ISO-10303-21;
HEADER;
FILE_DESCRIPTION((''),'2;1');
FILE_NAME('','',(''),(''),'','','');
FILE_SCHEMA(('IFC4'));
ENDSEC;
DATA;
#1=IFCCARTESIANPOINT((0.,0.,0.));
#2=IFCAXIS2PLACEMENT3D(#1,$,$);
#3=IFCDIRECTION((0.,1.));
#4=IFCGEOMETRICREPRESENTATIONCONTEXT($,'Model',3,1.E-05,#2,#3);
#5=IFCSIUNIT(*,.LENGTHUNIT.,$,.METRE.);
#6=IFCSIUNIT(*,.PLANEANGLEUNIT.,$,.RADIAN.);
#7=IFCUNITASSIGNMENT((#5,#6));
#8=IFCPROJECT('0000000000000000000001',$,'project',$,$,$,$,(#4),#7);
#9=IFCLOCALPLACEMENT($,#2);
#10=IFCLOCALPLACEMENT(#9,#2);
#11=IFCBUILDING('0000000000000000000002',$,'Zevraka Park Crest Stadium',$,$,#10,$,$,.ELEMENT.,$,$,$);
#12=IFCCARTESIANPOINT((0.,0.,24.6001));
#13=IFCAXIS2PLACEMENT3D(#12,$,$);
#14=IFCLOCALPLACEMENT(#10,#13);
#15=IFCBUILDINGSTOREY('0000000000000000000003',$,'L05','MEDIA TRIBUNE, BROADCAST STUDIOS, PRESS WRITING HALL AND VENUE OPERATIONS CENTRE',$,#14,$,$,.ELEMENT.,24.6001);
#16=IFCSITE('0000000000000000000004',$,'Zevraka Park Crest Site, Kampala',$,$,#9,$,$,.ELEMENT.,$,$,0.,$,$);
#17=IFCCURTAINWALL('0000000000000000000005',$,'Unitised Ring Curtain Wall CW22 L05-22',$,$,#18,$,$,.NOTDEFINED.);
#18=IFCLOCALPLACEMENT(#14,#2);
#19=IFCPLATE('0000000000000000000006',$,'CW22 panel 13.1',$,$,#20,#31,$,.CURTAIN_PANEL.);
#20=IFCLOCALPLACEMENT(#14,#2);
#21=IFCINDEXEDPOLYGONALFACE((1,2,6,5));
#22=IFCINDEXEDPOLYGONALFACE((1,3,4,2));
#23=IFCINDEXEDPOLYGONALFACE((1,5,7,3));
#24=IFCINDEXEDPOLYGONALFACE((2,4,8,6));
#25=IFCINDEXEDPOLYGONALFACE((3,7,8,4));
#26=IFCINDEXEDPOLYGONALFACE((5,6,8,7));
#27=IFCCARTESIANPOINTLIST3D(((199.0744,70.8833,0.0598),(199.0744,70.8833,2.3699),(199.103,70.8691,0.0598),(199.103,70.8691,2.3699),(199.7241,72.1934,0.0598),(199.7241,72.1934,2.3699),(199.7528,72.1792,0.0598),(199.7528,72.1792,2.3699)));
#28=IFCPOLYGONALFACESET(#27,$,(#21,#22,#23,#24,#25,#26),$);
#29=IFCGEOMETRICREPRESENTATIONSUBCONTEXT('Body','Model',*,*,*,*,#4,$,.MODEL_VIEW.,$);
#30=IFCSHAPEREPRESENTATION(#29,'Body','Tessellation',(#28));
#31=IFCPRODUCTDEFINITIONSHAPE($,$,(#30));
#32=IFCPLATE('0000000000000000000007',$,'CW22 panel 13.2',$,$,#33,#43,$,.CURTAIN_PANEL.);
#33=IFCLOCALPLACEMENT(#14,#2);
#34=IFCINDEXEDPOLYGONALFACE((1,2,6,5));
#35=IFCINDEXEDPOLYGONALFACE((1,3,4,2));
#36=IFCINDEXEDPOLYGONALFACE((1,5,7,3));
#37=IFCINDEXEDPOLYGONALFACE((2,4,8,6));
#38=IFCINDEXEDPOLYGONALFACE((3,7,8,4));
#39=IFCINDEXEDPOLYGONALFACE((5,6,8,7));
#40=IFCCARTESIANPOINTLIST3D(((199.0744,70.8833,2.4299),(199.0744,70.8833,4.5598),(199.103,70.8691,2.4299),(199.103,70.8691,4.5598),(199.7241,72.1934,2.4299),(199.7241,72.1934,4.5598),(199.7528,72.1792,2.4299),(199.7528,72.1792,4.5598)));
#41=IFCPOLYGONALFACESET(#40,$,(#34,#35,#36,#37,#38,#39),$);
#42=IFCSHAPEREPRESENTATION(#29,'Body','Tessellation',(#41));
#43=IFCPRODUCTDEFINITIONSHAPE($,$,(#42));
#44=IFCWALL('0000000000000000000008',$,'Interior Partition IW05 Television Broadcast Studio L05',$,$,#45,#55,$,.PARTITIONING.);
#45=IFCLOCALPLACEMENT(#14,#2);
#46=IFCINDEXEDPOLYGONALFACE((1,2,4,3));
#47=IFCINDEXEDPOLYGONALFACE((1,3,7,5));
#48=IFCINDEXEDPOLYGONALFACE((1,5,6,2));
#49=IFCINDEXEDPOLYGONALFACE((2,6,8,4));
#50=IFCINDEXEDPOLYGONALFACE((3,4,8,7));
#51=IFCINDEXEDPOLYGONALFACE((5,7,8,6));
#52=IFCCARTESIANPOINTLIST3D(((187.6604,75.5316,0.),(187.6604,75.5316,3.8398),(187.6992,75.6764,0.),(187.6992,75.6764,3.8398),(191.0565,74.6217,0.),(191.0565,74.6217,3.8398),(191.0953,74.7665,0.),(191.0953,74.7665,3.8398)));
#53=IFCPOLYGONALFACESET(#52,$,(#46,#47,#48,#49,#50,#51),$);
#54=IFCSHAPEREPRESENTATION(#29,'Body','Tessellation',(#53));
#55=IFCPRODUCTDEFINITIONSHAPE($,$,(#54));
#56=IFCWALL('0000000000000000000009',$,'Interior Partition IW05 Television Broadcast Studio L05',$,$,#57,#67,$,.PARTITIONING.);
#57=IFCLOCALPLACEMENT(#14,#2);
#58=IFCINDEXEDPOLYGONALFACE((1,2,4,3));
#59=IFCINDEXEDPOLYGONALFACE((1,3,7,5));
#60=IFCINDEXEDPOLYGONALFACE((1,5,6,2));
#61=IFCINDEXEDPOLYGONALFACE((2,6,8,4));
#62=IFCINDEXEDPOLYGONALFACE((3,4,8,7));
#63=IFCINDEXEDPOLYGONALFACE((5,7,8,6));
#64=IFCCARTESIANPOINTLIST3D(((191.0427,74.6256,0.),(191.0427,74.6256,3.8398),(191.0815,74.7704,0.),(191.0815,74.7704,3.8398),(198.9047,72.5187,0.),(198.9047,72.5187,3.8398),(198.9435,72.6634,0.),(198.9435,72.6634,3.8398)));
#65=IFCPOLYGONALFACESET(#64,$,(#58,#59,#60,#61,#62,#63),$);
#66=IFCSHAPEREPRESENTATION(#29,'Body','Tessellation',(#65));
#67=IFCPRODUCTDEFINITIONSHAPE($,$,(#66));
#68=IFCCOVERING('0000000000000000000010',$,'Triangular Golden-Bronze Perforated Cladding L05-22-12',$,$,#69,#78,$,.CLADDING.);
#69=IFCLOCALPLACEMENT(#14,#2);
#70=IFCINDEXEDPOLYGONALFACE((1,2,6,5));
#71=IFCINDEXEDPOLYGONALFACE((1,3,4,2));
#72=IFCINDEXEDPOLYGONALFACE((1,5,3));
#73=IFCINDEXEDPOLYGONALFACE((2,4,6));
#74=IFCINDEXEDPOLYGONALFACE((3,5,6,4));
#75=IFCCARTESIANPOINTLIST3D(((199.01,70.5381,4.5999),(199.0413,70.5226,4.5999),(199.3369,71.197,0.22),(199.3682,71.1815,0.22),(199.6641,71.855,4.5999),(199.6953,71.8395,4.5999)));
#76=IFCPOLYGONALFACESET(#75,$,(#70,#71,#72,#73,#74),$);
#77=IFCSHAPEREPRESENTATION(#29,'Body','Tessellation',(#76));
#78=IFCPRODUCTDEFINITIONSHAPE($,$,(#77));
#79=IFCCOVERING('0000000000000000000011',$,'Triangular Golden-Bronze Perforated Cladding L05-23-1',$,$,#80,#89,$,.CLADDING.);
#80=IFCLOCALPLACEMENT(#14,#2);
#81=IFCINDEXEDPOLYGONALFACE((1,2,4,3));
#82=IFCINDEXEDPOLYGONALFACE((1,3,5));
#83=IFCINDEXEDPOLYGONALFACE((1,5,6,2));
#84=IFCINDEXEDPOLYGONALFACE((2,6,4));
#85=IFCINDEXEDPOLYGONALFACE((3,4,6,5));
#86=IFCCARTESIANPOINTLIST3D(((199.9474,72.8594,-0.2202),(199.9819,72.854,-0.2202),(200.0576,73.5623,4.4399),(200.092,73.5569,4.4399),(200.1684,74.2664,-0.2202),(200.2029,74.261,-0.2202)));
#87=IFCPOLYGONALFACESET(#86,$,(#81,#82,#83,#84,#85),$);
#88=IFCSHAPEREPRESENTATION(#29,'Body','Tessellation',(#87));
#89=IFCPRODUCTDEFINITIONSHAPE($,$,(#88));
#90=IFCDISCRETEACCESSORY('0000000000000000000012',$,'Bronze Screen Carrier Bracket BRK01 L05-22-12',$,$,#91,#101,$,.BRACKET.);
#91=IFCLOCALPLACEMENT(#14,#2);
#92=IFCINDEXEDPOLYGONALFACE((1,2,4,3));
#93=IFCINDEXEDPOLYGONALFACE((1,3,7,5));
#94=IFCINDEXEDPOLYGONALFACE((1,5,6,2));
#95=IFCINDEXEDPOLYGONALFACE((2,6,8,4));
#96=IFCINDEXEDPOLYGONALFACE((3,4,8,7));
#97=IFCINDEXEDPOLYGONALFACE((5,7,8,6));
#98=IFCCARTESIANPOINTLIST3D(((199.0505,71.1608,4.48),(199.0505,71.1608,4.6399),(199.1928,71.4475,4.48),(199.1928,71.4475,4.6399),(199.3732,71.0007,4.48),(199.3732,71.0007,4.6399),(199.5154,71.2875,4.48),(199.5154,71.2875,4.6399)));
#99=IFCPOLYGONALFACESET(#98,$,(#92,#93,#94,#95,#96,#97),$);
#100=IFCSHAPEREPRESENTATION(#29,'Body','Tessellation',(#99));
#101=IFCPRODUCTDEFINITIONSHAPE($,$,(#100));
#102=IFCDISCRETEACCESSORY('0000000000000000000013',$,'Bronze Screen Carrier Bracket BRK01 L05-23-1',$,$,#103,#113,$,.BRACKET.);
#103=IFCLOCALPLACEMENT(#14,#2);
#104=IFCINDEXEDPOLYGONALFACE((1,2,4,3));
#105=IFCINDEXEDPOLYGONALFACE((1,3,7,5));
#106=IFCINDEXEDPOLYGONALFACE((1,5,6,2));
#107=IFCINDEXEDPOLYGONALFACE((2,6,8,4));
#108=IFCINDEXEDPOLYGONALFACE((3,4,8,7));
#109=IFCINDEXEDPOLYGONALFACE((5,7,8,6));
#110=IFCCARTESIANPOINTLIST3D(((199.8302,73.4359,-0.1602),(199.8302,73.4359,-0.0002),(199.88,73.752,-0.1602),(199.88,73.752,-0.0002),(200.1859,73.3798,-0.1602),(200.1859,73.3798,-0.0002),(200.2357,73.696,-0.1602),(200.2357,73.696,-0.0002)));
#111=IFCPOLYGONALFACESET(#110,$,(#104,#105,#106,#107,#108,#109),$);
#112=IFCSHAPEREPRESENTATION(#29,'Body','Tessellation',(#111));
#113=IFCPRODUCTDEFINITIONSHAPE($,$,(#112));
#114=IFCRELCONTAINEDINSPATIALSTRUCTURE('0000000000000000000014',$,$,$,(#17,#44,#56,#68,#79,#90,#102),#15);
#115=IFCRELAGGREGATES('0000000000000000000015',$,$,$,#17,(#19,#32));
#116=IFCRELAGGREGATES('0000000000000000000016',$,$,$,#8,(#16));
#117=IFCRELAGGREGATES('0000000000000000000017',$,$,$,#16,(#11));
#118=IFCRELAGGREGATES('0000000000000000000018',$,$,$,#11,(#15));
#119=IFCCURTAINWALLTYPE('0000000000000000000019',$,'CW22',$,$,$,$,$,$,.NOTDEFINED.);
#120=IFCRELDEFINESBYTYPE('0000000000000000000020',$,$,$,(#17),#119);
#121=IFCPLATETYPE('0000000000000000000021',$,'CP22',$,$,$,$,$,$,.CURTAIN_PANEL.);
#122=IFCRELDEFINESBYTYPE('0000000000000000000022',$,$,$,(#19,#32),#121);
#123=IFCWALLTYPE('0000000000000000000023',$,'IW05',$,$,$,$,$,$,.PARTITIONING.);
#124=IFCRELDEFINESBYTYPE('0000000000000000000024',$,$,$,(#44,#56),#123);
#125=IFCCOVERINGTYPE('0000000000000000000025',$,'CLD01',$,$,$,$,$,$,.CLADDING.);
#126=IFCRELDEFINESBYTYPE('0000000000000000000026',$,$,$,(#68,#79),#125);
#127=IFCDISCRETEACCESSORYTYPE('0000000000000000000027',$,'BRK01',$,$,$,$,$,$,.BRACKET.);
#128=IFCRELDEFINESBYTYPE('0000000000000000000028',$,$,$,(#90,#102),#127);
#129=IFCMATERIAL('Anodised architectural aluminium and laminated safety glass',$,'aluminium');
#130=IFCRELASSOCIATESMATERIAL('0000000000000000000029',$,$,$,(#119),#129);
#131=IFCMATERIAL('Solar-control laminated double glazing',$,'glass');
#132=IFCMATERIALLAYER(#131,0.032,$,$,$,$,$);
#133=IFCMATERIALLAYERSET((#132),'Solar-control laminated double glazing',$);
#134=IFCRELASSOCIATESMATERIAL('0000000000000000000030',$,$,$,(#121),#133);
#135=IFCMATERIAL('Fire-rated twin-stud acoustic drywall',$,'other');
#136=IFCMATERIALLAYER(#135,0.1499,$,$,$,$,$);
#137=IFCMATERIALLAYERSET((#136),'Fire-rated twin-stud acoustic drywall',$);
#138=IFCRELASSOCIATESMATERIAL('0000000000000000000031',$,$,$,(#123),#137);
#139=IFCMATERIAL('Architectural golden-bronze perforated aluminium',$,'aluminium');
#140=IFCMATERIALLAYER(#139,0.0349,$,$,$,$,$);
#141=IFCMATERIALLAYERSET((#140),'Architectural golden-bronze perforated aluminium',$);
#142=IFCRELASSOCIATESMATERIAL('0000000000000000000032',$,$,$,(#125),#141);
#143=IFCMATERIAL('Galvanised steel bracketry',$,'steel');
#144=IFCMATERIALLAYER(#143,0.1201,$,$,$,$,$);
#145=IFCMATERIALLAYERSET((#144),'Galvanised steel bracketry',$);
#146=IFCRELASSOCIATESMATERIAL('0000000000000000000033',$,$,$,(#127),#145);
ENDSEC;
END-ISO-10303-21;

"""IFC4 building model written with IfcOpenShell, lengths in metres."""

from ifc_helpers import new_model, si_unit, direction, frame, frame_2d, origin, origin_2d, place, context, subcontext, project, spatial, polyline, rectangle, outline, extrude, material, layer, layer_set, type_object, element, aggregate, save


model = new_model("IFC4")

# Units and contexts
model_context = context("Model", 3, precision=1e-05, world=origin(), true_north=direction((0.0, 1.0)))
body_context = subcontext(model_context, "Body", "Model", "MODEL_VIEW")
ifc_project = project(units=[si_unit("LENGTHUNIT", "METRE"), si_unit("PLANEANGLEUNIT", "RADIAN")], contexts=[model_context])

# Site, building, storey
site_placement = place(None, origin())
site = spatial("IfcSite", under=ifc_project, at=site_placement, Name="Zevraka Park Crest Site, Kampala", CompositionType="ELEMENT", RefElevation=0.0)
building_placement = place(site_placement, origin())
building = spatial("IfcBuilding", under=site, at=building_placement, Name="Zevraka Park Crest Stadium", CompositionType="ELEMENT")
storey_placement = place(building_placement, frame((0.0, 0.0, 24.6001)))
storey = spatial("IfcBuildingStorey", under=building, at=storey_placement, Name="L05", Description="MEDIA TRIBUNE, BROADCAST STUDIOS, PRESS WRITING HALL AND VENUE OPERATIONS CENTRE", CompositionType="ELEMENT", Elevation=24.6001)

# Curtain wall
ifc_material_1 = material(Name="Anodised architectural aluminium and laminated safety glass", Category="aluminium")
curtain_wall_type_1 = type_object("IfcCurtainWallType", Name="CW22", PredefinedType="NOTDEFINED", material=ifc_material_1)
curtain_wall_1_placement = place(storey_placement, origin())
curtain_wall_1 = element("IfcCurtainWall", 1, at=curtain_wall_1_placement, inside=storey, type_object=curtain_wall_type_1, Name="Unitised Ring Curtain Wall CW22 L05-22", PredefinedType="NOTDEFINED")

# Plates
ifc_material_2 = material(Name="Solar-control laminated double glazing", Category="glass")
ifc_layer_1 = layer(ifc_material_2, 0.032)
ifc_layer_set_1 = layer_set([ifc_layer_1], Name="Solar-control laminated double glazing")
plate_type_1 = type_object("IfcPlateType", Name="CP22", PredefinedType="CURTAIN_PANEL", material=ifc_layer_set_1)
plate_1_placement = place(storey_placement, frame((199.4136, 71.5312, 0.0598), z_axis=(0.0, 0.0, 1.0), x_axis=(0.444297, 0.895879, 0.0)))
plate_1 = element("IfcPlate", 2, at=plate_1_placement, type_object=plate_type_1, Name="CW22 panel 13.1", PredefinedType="CURTAIN_PANEL", context=body_context, shape_type="SweptSolid", body=[
    extrude(rectangle(XDim=1.4624, YDim=0.032, at=origin_2d()), origin(), (0.0, 0.0, 1.0), 2.3101),
])
plate_2_placement = place(storey_placement, frame((199.4136, 71.5312, 2.4299), z_axis=(0.0, 0.0, 1.0), x_axis=(0.444297, 0.895879, 0.0)))
plate_2 = element("IfcPlate", 3, at=plate_2_placement, type_object=plate_type_1, Name="CW22 panel 13.2", PredefinedType="CURTAIN_PANEL", context=body_context, shape_type="SweptSolid", body=[
    extrude(rectangle(XDim=1.4624, YDim=0.032, at=origin_2d()), origin(), (0.0, 0.0, 1.0), 2.1299),
])
aggregate(curtain_wall_1, [plate_1, plate_2])

# Walls
ifc_material_3 = material(Name="Fire-rated twin-stud acoustic drywall", Category="other")
ifc_layer_2 = layer(ifc_material_3, 0.1499)
ifc_layer_set_2 = layer_set([ifc_layer_2], Name="Fire-rated twin-stud acoustic drywall")
wall_type = type_object("IfcWallType", Name="IW05", PredefinedType="PARTITIONING", material=ifc_layer_set_2)
wall_1_placement = place(storey_placement, frame((187.6799, 75.604, 0.0), z_axis=(0.0, 0.0, 1.0), x_axis=(0.965929, -0.258808, 0.0)))
element("IfcWall", 4, at=wall_1_placement, inside=storey, type_object=wall_type, Name="Interior Partition IW05 Television Broadcast Studio L05", PredefinedType="PARTITIONING", context=body_context, shape_type="SweptSolid", body=[
    extrude(rectangle(XDim=3.5159, YDim=0.1499, at=frame_2d((1.7578, 0.0))), origin(), (0.0, 0.0, 1.0), 3.8398),
])
wall_2_placement = place(storey_placement, frame((191.062, 74.698, 0.0), z_axis=(0.0, 0.0, 1.0), x_axis=(0.965917, -0.258854, 0.0)))
element("IfcWall", 5, at=wall_2_placement, inside=storey, type_object=wall_type, Name="Interior Partition IW05 Television Broadcast Studio L05", PredefinedType="PARTITIONING", context=body_context, shape_type="SweptSolid", body=[
    extrude(rectangle(XDim=8.1394, YDim=0.1499, at=frame_2d((4.0698, 0.0))), origin(), (0.0, 0.0, 1.0), 3.8398),
])

# Coverings
ifc_material_4 = material(Name="Architectural golden-bronze perforated aluminium", Category="aluminium")
ifc_layer_3 = layer(ifc_material_4, 0.0349)
ifc_layer_set_3 = layer_set([ifc_layer_3], Name="Architectural golden-bronze perforated aluminium")
covering_type = type_object("IfcCoveringType", Name="CLD01", PredefinedType="CLADDING", material=ifc_layer_set_3)
covering_1_placement = place(storey_placement, frame((199.6641, 71.855, 4.5999), z_axis=(-0.895619, 0.444821, 0.000075), x_axis=(-0.444821, -0.895619, 0.0)))
element("IfcCovering", 6, at=covering_1_placement, inside=storey, type_object=covering_type, Name="Triangular Golden-Bronze Perforated Cladding L05-22-12", PredefinedType="CLADDING", context=body_context, shape_type="SweptSolid", body=[
    extrude(outline(polyline([(0.0, 0.0), (1.4704, 0.0), (0.7348, -4.3799), (0.0, 0.0)])), origin(), (0.0, 0.0, -1.0), 0.0349),
])
covering_2_placement = place(storey_placement, frame((199.9819, 72.854, -0.2202), z_axis=(0.987893, -0.155135, 0.000057), x_axis=(0.155135, 0.987893, 0.0)))
element("IfcCovering", 7, at=covering_2_placement, inside=storey, type_object=covering_type, Name="Triangular Golden-Bronze Perforated Cladding L05-23-1", PredefinedType="CLADDING", context=body_context, shape_type="SweptSolid", body=[
    extrude(outline(polyline([(0.0, 0.0), (1.4242, 0.0), (0.7115, 4.6602), (0.0, 0.0)])), origin(), (0.0, 0.0, -1.0), 0.0349),
])

# Discrete accessories
ifc_material_5 = material(Name="Galvanised steel bracketry", Category="steel")
ifc_layer_4 = layer(ifc_material_5, 0.1201)
ifc_layer_set_4 = layer_set([ifc_layer_4], Name="Galvanised steel bracketry")
discrete_accessory_type = type_object("IfcDiscreteAccessoryType", Name="BRK01", PredefinedType="BRACKET", material=ifc_layer_set_4)
for number, where, z_axis, x_axis, name in (
    (8, (199.283, 71.2241, 4.48), (0.0, 0.0, 1.0), (0.444322, 0.895867, 0.0), "Bronze Screen Carrier Bracket BRK01 L05-22-12"),
    (9, (200.033, 73.5659, -0.1602), (0.0, 0.0, 1.0), (0.155745, 0.987797, 0.0), "Bronze Screen Carrier Bracket BRK01 L05-23-1"),
):
    element("IfcDiscreteAccessory", number, at=place(storey_placement, frame(where, z_axis=z_axis, x_axis=x_axis)), inside=storey, type_object=discrete_accessory_type, Name=name, PredefinedType="BRACKET", context=body_context, shape_type="SweptSolid", body=[
        extrude(rectangle(XDim=0.3201, YDim=0.3601, at=origin_2d()), origin(), (0.0, 0.0, 1.0), 0.1599),
    ])

save(model, "model.ifc")
